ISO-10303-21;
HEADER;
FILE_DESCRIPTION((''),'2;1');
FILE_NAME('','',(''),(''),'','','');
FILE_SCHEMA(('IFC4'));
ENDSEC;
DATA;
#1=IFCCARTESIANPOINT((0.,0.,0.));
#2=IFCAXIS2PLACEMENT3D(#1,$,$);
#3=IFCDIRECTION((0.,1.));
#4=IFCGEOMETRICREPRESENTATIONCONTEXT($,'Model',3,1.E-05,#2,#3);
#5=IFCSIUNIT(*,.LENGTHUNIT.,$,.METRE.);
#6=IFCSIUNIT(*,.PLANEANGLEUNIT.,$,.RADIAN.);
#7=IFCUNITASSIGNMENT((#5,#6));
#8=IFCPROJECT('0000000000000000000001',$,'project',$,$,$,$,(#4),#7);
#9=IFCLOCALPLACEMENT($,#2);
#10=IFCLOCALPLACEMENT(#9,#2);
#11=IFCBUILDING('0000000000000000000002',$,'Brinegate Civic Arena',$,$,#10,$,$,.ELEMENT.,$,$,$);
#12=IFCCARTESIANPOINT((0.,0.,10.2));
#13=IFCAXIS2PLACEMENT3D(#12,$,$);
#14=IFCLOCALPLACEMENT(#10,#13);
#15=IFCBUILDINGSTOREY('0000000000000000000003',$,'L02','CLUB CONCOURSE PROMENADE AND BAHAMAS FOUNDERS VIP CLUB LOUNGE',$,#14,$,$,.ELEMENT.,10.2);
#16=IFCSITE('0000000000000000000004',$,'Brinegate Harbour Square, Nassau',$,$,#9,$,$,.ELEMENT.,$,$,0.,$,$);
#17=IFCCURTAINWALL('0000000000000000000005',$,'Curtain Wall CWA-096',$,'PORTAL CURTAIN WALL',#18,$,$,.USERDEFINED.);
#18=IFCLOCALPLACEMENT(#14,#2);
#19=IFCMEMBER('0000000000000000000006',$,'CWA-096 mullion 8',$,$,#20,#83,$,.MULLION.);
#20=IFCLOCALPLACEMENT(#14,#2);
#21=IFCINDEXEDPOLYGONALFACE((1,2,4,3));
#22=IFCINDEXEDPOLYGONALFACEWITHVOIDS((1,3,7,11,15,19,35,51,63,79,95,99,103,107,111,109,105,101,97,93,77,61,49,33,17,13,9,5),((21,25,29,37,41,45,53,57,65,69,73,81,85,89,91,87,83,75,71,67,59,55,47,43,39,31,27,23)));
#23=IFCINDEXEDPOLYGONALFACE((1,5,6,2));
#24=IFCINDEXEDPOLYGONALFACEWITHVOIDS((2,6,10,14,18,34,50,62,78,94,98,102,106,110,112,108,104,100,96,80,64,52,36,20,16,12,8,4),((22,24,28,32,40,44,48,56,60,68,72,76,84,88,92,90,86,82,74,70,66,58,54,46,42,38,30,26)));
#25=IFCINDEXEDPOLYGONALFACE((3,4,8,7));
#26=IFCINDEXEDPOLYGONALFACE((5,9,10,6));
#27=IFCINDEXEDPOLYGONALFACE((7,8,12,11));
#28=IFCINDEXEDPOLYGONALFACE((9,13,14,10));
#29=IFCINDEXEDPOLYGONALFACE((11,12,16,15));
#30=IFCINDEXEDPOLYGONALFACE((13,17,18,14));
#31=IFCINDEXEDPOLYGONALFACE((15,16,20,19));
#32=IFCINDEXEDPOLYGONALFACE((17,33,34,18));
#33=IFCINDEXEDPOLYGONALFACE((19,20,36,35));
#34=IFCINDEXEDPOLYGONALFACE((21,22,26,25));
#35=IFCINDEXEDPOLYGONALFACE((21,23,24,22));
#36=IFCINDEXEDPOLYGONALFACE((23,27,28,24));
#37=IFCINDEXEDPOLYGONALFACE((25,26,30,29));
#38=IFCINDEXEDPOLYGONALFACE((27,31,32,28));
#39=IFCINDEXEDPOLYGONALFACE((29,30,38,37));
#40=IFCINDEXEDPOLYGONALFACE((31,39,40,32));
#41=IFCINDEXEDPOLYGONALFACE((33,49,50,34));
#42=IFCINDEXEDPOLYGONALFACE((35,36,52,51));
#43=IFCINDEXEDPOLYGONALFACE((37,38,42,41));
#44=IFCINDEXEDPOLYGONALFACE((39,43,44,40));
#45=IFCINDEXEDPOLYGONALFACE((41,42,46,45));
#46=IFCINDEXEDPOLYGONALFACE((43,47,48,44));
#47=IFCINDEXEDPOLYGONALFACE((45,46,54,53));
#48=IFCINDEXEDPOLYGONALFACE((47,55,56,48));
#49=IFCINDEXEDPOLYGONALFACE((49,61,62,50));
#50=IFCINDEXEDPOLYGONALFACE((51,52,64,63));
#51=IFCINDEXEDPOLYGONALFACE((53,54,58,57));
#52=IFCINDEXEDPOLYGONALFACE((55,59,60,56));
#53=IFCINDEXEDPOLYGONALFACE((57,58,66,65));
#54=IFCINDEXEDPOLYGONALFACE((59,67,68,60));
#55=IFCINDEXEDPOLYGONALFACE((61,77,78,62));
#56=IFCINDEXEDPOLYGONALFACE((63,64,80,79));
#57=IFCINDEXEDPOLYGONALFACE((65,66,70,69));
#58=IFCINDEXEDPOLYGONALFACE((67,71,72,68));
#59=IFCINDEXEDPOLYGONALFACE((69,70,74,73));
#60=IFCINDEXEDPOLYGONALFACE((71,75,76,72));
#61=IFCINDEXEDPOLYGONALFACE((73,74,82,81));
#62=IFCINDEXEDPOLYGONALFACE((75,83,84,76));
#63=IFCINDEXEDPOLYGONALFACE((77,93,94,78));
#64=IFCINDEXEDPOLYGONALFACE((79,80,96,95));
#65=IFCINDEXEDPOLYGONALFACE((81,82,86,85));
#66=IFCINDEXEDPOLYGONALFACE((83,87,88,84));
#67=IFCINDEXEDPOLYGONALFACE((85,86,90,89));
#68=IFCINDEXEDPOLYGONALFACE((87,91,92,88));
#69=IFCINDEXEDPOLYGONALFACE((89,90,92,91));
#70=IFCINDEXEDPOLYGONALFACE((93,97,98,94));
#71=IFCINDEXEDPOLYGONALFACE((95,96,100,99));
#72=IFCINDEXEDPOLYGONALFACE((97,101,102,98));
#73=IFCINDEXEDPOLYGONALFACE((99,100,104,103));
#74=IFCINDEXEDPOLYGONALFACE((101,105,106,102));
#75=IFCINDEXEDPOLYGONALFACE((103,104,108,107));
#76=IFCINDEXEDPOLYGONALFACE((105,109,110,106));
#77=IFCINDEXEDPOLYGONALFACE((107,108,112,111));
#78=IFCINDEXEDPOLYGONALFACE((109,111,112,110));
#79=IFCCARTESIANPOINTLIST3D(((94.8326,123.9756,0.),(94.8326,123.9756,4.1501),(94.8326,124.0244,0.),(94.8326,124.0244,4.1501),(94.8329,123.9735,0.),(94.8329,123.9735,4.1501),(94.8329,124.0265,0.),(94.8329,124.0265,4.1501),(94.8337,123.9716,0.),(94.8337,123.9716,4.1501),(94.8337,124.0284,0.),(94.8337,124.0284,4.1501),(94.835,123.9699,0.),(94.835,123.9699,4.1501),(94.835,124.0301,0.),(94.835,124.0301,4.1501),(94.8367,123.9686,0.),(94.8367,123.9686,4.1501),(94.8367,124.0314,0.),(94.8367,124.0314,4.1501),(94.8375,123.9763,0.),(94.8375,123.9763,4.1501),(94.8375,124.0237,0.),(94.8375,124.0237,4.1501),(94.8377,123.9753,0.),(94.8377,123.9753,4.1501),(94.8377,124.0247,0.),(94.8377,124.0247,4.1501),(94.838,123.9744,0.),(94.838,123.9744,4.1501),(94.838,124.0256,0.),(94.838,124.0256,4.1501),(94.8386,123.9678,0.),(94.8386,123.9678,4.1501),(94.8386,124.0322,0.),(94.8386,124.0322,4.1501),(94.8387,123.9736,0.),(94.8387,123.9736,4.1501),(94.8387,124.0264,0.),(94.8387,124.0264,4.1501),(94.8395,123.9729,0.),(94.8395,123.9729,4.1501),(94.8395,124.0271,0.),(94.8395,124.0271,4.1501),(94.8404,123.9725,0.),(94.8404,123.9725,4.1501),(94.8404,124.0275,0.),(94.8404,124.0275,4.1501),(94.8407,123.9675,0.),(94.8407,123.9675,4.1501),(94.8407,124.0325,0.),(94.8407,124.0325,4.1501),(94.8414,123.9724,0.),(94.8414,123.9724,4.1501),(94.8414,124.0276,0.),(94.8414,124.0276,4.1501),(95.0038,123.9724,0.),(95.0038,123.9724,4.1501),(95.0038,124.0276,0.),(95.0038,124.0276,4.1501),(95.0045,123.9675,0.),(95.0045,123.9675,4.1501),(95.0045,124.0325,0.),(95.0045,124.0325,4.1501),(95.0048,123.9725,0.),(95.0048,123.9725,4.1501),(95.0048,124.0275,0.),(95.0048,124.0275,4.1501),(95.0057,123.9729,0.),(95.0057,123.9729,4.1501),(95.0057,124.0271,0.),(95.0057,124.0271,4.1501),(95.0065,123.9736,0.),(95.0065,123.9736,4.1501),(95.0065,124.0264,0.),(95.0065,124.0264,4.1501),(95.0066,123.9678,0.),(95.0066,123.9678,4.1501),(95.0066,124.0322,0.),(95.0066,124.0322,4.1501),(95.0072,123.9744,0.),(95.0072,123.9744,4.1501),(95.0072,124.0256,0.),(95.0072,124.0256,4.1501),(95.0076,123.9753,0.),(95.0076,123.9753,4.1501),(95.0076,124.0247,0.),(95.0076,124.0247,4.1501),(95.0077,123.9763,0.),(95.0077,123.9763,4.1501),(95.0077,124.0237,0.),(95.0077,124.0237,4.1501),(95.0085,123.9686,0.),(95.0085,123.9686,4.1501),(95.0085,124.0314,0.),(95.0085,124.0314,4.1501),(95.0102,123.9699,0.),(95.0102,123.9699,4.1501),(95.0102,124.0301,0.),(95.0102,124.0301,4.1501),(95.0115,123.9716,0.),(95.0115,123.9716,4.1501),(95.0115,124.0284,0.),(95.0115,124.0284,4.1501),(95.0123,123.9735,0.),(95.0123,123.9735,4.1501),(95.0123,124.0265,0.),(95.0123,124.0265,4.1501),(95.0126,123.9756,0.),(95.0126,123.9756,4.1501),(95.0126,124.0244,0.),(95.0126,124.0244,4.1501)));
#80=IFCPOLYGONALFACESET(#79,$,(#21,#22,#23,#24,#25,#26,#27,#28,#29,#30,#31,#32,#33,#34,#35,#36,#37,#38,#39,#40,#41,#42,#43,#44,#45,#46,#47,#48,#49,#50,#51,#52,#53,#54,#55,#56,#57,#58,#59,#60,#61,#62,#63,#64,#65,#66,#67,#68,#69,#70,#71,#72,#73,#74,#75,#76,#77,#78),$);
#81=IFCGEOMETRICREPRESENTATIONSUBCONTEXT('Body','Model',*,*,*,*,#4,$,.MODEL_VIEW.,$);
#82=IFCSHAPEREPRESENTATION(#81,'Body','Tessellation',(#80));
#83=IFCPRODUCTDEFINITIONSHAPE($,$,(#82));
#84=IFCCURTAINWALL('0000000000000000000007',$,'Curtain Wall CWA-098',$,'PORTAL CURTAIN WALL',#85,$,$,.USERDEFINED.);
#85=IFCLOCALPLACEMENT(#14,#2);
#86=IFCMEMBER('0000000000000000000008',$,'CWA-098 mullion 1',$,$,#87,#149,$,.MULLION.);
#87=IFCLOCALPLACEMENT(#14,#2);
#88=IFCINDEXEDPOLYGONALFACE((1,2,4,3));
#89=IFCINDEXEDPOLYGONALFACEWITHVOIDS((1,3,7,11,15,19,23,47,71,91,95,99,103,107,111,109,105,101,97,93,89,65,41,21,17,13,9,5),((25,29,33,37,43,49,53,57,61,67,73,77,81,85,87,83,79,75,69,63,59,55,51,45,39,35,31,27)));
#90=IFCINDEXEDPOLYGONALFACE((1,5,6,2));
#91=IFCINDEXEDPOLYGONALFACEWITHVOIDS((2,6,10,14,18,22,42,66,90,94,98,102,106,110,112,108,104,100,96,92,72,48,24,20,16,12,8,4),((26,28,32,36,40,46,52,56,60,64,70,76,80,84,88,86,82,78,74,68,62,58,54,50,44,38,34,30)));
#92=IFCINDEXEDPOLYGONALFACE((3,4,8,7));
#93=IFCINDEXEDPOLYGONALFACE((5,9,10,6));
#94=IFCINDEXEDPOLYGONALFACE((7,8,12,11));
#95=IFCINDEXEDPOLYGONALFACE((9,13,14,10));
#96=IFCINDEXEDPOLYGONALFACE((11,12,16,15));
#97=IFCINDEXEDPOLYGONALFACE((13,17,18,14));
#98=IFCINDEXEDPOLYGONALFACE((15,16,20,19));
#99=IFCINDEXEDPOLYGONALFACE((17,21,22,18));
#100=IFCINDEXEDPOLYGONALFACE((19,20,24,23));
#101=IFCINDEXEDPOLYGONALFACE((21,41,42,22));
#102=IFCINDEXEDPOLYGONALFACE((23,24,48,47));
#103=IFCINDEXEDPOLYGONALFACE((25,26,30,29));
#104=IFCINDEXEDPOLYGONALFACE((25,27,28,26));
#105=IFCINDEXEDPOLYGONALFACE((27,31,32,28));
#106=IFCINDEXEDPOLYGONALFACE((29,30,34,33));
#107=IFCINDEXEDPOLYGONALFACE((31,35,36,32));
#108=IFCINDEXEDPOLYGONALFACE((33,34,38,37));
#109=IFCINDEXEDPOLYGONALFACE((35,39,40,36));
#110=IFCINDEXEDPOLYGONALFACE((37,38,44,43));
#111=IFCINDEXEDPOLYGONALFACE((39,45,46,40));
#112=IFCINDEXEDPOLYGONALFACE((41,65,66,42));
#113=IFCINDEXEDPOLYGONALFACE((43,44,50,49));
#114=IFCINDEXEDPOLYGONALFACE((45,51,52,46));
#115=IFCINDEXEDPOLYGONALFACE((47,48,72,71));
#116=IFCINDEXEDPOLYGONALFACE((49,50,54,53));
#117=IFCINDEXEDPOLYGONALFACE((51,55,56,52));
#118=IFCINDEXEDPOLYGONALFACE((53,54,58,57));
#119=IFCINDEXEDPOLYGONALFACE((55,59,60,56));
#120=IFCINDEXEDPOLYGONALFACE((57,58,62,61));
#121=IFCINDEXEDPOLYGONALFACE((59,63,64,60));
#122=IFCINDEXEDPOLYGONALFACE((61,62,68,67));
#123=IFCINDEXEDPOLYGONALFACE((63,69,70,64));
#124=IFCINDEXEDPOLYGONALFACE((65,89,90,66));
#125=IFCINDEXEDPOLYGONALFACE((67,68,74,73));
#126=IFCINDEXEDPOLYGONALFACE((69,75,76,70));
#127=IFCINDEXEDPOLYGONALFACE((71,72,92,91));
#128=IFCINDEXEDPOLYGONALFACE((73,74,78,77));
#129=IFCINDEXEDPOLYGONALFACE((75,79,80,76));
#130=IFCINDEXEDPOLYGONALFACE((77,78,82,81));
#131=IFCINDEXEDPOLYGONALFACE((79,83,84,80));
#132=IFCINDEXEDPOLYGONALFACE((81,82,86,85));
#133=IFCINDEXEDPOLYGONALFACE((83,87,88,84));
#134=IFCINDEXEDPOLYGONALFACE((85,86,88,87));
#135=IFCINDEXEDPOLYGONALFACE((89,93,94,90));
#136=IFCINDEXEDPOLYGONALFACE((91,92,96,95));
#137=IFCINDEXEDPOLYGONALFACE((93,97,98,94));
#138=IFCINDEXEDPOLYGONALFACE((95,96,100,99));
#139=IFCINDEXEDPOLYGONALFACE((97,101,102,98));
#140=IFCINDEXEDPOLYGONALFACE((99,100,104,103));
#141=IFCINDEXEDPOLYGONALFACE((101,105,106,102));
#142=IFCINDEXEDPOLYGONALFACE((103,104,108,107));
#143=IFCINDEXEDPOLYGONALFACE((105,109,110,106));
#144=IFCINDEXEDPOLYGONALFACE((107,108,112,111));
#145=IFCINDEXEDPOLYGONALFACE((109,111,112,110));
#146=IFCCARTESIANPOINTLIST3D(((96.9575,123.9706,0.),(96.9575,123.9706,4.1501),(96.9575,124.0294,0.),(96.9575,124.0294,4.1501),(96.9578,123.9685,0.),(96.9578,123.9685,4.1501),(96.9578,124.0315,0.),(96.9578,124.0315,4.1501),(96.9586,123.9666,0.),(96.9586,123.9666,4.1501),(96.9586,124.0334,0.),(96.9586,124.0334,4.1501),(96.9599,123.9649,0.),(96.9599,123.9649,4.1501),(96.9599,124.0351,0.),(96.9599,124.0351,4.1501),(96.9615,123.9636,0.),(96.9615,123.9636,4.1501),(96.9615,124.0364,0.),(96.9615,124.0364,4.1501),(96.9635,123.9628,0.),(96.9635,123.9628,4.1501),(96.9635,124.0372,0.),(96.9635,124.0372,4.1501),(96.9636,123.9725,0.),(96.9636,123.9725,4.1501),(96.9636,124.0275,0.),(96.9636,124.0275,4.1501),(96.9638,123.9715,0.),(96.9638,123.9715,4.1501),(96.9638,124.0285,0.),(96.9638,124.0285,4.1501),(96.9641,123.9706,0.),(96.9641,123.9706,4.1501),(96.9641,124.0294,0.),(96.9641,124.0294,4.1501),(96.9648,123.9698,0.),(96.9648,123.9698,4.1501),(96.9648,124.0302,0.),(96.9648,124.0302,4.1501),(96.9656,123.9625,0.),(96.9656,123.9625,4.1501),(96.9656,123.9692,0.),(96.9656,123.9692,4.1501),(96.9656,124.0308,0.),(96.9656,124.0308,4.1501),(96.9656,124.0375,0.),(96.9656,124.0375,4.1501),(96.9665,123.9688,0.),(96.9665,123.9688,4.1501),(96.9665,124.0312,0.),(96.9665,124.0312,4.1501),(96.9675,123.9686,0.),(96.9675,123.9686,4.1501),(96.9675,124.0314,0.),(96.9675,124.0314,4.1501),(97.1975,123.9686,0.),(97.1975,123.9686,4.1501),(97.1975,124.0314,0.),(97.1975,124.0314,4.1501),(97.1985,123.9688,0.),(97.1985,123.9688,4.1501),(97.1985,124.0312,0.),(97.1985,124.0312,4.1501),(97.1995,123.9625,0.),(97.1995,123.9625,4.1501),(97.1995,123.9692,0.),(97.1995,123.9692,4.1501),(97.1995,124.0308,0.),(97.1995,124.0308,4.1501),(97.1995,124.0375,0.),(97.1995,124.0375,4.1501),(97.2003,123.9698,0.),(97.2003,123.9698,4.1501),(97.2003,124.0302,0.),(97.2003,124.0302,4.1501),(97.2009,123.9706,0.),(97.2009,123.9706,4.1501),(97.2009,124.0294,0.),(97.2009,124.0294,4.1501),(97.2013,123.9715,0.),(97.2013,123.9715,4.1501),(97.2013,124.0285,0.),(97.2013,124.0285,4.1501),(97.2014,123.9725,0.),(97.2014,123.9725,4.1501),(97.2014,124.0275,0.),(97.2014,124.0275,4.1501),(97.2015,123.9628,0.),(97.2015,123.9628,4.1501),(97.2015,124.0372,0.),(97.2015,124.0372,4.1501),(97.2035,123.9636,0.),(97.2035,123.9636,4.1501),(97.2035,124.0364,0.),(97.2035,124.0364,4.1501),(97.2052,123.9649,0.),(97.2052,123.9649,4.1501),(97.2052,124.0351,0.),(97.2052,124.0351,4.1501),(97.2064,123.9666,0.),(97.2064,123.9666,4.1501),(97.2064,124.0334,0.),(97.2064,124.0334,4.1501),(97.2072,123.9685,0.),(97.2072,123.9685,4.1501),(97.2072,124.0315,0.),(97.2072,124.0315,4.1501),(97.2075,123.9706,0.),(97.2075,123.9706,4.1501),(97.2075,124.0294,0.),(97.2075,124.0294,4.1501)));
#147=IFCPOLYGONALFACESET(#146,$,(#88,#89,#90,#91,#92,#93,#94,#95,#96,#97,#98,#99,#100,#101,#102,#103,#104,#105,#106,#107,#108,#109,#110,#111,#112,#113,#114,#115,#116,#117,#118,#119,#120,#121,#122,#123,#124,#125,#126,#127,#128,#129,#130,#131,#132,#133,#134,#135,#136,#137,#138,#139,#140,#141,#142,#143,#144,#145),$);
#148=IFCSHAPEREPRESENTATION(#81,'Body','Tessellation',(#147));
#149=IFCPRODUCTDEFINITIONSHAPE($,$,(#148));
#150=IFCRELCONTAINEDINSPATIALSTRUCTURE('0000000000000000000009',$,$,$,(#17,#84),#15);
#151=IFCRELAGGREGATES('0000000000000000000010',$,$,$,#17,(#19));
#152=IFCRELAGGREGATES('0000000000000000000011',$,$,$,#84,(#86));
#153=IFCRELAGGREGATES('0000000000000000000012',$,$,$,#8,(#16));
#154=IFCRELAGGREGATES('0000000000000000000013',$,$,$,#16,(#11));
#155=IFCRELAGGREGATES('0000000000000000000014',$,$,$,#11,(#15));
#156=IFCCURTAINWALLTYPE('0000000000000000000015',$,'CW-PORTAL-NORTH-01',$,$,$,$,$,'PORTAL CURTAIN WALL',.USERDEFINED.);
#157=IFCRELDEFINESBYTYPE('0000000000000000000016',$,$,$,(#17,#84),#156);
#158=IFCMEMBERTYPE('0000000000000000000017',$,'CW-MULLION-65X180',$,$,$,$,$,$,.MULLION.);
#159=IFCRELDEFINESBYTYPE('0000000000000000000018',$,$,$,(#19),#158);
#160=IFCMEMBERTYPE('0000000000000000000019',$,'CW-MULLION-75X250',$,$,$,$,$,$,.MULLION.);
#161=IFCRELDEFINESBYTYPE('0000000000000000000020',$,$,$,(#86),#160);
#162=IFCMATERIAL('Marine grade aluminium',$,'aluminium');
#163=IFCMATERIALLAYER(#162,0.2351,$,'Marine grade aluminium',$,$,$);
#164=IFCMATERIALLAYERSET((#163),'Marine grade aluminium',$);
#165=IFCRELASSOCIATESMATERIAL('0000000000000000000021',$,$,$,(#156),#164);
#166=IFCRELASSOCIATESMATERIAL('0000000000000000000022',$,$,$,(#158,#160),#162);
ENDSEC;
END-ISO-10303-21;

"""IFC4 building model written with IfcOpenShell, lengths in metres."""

from ifc_helpers import new_model, si_unit, direction, frame, origin, origin_2d, place, context, subcontext, project, spatial, hollow_rectangle, extrude, material, layer, layer_set, material_profile, profile_set, type_object, element, aggregate, save


model = new_model("IFC4")

# Units and contexts
model_context = context("Model", 3, precision=1e-05, world=origin(), true_north=direction((0.0, 1.0)))
body_context = subcontext(model_context, "Body", "Model", "MODEL_VIEW")
ifc_project = project(units=[si_unit("LENGTHUNIT", "METRE"), si_unit("PLANEANGLEUNIT", "RADIAN")], contexts=[model_context])

# Site, building, storey
site_placement = place(None, origin())
site = spatial("IfcSite", under=ifc_project, at=site_placement, Name="Brinegate Harbour Square, Nassau", CompositionType="ELEMENT", RefElevation=0.0)
building_placement = place(site_placement, origin())
building = spatial("IfcBuilding", under=site, at=building_placement, Name="Brinegate Civic Arena", CompositionType="ELEMENT")
storey_placement = place(building_placement, frame((0.0, 0.0, 10.2)))
storey = spatial("IfcBuildingStorey", under=building, at=storey_placement, Name="L02", Description="CLUB CONCOURSE PROMENADE AND BAHAMAS FOUNDERS VIP CLUB LOUNGE", CompositionType="ELEMENT", Elevation=10.2)

# Curtain walls, members
ifc_material_1 = material(Name="Marine grade aluminium", Category="aluminium")
ifc_layer_1 = layer(ifc_material_1, 0.2351, Name="Marine grade aluminium")
ifc_layer_set_1 = layer_set([ifc_layer_1], Name="Marine grade aluminium")
curtain_wall_type = type_object("IfcCurtainWallType", Name="CW-PORTAL-NORTH-01", ElementType="PORTAL CURTAIN WALL", PredefinedType="USERDEFINED", material=ifc_layer_set_1)
curtain_wall_1_placement = place(storey_placement, origin())
curtain_wall_1 = element("IfcCurtainWall", 1, at=curtain_wall_1_placement, inside=storey, type_object=curtain_wall_type, Name="Curtain Wall CWA-096", ObjectType="PORTAL CURTAIN WALL", PredefinedType="USERDEFINED")
ifc_material_profile_1 = material_profile(ifc_material_1, hollow_rectangle(XDim=0.0649, YDim=0.1799, WallThickness=0.0049, InnerFilletRadius=0.0039, OuterFilletRadius=0.0081, at=origin_2d()), Name="MUL65X180")
ifc_profile_set_1 = profile_set([ifc_material_profile_1], Name="Marine grade aluminium")
member_type_1 = type_object("IfcMemberType", Name="CW-MULLION-65X180", PredefinedType="MULLION", material=ifc_profile_set_1)
member_1_placement = place(storey_placement, frame((94.9226, 124.0, 0.0), z_axis=(0.0, 0.0, 1.0), x_axis=(0.0, 1.0, 0.0)))
member_1 = element("IfcMember", 2, at=member_1_placement, type_object=member_type_1, Name="CWA-096 mullion 8", PredefinedType="MULLION", context=body_context, shape_type="SweptSolid", body=[
    extrude(hollow_rectangle(XDim=0.0649, YDim=0.1799, WallThickness=0.0049, InnerFilletRadius=0.0039, OuterFilletRadius=0.0081, at=origin_2d()), origin(), (0.0, 0.0, 1.0), 4.1501),
])
curtain_wall_2_placement = place(storey_placement, origin())
curtain_wall_2 = element("IfcCurtainWall", 3, at=curtain_wall_2_placement, inside=storey, type_object=curtain_wall_type, Name="Curtain Wall CWA-098", ObjectType="PORTAL CURTAIN WALL", PredefinedType="USERDEFINED")
ifc_material_profile_2 = material_profile(ifc_material_1, hollow_rectangle(XDim=0.075, YDim=0.25, WallThickness=0.0061, InnerFilletRadius=0.0039, OuterFilletRadius=0.0081, at=origin_2d()), Name="MUL75X250")
ifc_profile_set_2 = profile_set([ifc_material_profile_2], Name="Marine grade aluminium")
member_type_2 = type_object("IfcMemberType", Name="CW-MULLION-75X250", PredefinedType="MULLION", material=ifc_profile_set_2)
member_2_placement = place(storey_placement, frame((97.0825, 124.0, 0.0), z_axis=(0.0, 0.0, 1.0), x_axis=(0.0, 1.0, 0.0)))
member_2 = element("IfcMember", 4, at=member_2_placement, type_object=member_type_2, Name="CWA-098 mullion 1", PredefinedType="MULLION", context=body_context, shape_type="SweptSolid", body=[
    extrude(hollow_rectangle(XDim=0.075, YDim=0.25, WallThickness=0.0061, InnerFilletRadius=0.0039, OuterFilletRadius=0.0081, at=origin_2d()), origin(), (0.0, 0.0, 1.0), 4.1501),
])

aggregate(curtain_wall_1, [member_1])
aggregate(curtain_wall_2, [member_2])

save(model, "model.ifc")
